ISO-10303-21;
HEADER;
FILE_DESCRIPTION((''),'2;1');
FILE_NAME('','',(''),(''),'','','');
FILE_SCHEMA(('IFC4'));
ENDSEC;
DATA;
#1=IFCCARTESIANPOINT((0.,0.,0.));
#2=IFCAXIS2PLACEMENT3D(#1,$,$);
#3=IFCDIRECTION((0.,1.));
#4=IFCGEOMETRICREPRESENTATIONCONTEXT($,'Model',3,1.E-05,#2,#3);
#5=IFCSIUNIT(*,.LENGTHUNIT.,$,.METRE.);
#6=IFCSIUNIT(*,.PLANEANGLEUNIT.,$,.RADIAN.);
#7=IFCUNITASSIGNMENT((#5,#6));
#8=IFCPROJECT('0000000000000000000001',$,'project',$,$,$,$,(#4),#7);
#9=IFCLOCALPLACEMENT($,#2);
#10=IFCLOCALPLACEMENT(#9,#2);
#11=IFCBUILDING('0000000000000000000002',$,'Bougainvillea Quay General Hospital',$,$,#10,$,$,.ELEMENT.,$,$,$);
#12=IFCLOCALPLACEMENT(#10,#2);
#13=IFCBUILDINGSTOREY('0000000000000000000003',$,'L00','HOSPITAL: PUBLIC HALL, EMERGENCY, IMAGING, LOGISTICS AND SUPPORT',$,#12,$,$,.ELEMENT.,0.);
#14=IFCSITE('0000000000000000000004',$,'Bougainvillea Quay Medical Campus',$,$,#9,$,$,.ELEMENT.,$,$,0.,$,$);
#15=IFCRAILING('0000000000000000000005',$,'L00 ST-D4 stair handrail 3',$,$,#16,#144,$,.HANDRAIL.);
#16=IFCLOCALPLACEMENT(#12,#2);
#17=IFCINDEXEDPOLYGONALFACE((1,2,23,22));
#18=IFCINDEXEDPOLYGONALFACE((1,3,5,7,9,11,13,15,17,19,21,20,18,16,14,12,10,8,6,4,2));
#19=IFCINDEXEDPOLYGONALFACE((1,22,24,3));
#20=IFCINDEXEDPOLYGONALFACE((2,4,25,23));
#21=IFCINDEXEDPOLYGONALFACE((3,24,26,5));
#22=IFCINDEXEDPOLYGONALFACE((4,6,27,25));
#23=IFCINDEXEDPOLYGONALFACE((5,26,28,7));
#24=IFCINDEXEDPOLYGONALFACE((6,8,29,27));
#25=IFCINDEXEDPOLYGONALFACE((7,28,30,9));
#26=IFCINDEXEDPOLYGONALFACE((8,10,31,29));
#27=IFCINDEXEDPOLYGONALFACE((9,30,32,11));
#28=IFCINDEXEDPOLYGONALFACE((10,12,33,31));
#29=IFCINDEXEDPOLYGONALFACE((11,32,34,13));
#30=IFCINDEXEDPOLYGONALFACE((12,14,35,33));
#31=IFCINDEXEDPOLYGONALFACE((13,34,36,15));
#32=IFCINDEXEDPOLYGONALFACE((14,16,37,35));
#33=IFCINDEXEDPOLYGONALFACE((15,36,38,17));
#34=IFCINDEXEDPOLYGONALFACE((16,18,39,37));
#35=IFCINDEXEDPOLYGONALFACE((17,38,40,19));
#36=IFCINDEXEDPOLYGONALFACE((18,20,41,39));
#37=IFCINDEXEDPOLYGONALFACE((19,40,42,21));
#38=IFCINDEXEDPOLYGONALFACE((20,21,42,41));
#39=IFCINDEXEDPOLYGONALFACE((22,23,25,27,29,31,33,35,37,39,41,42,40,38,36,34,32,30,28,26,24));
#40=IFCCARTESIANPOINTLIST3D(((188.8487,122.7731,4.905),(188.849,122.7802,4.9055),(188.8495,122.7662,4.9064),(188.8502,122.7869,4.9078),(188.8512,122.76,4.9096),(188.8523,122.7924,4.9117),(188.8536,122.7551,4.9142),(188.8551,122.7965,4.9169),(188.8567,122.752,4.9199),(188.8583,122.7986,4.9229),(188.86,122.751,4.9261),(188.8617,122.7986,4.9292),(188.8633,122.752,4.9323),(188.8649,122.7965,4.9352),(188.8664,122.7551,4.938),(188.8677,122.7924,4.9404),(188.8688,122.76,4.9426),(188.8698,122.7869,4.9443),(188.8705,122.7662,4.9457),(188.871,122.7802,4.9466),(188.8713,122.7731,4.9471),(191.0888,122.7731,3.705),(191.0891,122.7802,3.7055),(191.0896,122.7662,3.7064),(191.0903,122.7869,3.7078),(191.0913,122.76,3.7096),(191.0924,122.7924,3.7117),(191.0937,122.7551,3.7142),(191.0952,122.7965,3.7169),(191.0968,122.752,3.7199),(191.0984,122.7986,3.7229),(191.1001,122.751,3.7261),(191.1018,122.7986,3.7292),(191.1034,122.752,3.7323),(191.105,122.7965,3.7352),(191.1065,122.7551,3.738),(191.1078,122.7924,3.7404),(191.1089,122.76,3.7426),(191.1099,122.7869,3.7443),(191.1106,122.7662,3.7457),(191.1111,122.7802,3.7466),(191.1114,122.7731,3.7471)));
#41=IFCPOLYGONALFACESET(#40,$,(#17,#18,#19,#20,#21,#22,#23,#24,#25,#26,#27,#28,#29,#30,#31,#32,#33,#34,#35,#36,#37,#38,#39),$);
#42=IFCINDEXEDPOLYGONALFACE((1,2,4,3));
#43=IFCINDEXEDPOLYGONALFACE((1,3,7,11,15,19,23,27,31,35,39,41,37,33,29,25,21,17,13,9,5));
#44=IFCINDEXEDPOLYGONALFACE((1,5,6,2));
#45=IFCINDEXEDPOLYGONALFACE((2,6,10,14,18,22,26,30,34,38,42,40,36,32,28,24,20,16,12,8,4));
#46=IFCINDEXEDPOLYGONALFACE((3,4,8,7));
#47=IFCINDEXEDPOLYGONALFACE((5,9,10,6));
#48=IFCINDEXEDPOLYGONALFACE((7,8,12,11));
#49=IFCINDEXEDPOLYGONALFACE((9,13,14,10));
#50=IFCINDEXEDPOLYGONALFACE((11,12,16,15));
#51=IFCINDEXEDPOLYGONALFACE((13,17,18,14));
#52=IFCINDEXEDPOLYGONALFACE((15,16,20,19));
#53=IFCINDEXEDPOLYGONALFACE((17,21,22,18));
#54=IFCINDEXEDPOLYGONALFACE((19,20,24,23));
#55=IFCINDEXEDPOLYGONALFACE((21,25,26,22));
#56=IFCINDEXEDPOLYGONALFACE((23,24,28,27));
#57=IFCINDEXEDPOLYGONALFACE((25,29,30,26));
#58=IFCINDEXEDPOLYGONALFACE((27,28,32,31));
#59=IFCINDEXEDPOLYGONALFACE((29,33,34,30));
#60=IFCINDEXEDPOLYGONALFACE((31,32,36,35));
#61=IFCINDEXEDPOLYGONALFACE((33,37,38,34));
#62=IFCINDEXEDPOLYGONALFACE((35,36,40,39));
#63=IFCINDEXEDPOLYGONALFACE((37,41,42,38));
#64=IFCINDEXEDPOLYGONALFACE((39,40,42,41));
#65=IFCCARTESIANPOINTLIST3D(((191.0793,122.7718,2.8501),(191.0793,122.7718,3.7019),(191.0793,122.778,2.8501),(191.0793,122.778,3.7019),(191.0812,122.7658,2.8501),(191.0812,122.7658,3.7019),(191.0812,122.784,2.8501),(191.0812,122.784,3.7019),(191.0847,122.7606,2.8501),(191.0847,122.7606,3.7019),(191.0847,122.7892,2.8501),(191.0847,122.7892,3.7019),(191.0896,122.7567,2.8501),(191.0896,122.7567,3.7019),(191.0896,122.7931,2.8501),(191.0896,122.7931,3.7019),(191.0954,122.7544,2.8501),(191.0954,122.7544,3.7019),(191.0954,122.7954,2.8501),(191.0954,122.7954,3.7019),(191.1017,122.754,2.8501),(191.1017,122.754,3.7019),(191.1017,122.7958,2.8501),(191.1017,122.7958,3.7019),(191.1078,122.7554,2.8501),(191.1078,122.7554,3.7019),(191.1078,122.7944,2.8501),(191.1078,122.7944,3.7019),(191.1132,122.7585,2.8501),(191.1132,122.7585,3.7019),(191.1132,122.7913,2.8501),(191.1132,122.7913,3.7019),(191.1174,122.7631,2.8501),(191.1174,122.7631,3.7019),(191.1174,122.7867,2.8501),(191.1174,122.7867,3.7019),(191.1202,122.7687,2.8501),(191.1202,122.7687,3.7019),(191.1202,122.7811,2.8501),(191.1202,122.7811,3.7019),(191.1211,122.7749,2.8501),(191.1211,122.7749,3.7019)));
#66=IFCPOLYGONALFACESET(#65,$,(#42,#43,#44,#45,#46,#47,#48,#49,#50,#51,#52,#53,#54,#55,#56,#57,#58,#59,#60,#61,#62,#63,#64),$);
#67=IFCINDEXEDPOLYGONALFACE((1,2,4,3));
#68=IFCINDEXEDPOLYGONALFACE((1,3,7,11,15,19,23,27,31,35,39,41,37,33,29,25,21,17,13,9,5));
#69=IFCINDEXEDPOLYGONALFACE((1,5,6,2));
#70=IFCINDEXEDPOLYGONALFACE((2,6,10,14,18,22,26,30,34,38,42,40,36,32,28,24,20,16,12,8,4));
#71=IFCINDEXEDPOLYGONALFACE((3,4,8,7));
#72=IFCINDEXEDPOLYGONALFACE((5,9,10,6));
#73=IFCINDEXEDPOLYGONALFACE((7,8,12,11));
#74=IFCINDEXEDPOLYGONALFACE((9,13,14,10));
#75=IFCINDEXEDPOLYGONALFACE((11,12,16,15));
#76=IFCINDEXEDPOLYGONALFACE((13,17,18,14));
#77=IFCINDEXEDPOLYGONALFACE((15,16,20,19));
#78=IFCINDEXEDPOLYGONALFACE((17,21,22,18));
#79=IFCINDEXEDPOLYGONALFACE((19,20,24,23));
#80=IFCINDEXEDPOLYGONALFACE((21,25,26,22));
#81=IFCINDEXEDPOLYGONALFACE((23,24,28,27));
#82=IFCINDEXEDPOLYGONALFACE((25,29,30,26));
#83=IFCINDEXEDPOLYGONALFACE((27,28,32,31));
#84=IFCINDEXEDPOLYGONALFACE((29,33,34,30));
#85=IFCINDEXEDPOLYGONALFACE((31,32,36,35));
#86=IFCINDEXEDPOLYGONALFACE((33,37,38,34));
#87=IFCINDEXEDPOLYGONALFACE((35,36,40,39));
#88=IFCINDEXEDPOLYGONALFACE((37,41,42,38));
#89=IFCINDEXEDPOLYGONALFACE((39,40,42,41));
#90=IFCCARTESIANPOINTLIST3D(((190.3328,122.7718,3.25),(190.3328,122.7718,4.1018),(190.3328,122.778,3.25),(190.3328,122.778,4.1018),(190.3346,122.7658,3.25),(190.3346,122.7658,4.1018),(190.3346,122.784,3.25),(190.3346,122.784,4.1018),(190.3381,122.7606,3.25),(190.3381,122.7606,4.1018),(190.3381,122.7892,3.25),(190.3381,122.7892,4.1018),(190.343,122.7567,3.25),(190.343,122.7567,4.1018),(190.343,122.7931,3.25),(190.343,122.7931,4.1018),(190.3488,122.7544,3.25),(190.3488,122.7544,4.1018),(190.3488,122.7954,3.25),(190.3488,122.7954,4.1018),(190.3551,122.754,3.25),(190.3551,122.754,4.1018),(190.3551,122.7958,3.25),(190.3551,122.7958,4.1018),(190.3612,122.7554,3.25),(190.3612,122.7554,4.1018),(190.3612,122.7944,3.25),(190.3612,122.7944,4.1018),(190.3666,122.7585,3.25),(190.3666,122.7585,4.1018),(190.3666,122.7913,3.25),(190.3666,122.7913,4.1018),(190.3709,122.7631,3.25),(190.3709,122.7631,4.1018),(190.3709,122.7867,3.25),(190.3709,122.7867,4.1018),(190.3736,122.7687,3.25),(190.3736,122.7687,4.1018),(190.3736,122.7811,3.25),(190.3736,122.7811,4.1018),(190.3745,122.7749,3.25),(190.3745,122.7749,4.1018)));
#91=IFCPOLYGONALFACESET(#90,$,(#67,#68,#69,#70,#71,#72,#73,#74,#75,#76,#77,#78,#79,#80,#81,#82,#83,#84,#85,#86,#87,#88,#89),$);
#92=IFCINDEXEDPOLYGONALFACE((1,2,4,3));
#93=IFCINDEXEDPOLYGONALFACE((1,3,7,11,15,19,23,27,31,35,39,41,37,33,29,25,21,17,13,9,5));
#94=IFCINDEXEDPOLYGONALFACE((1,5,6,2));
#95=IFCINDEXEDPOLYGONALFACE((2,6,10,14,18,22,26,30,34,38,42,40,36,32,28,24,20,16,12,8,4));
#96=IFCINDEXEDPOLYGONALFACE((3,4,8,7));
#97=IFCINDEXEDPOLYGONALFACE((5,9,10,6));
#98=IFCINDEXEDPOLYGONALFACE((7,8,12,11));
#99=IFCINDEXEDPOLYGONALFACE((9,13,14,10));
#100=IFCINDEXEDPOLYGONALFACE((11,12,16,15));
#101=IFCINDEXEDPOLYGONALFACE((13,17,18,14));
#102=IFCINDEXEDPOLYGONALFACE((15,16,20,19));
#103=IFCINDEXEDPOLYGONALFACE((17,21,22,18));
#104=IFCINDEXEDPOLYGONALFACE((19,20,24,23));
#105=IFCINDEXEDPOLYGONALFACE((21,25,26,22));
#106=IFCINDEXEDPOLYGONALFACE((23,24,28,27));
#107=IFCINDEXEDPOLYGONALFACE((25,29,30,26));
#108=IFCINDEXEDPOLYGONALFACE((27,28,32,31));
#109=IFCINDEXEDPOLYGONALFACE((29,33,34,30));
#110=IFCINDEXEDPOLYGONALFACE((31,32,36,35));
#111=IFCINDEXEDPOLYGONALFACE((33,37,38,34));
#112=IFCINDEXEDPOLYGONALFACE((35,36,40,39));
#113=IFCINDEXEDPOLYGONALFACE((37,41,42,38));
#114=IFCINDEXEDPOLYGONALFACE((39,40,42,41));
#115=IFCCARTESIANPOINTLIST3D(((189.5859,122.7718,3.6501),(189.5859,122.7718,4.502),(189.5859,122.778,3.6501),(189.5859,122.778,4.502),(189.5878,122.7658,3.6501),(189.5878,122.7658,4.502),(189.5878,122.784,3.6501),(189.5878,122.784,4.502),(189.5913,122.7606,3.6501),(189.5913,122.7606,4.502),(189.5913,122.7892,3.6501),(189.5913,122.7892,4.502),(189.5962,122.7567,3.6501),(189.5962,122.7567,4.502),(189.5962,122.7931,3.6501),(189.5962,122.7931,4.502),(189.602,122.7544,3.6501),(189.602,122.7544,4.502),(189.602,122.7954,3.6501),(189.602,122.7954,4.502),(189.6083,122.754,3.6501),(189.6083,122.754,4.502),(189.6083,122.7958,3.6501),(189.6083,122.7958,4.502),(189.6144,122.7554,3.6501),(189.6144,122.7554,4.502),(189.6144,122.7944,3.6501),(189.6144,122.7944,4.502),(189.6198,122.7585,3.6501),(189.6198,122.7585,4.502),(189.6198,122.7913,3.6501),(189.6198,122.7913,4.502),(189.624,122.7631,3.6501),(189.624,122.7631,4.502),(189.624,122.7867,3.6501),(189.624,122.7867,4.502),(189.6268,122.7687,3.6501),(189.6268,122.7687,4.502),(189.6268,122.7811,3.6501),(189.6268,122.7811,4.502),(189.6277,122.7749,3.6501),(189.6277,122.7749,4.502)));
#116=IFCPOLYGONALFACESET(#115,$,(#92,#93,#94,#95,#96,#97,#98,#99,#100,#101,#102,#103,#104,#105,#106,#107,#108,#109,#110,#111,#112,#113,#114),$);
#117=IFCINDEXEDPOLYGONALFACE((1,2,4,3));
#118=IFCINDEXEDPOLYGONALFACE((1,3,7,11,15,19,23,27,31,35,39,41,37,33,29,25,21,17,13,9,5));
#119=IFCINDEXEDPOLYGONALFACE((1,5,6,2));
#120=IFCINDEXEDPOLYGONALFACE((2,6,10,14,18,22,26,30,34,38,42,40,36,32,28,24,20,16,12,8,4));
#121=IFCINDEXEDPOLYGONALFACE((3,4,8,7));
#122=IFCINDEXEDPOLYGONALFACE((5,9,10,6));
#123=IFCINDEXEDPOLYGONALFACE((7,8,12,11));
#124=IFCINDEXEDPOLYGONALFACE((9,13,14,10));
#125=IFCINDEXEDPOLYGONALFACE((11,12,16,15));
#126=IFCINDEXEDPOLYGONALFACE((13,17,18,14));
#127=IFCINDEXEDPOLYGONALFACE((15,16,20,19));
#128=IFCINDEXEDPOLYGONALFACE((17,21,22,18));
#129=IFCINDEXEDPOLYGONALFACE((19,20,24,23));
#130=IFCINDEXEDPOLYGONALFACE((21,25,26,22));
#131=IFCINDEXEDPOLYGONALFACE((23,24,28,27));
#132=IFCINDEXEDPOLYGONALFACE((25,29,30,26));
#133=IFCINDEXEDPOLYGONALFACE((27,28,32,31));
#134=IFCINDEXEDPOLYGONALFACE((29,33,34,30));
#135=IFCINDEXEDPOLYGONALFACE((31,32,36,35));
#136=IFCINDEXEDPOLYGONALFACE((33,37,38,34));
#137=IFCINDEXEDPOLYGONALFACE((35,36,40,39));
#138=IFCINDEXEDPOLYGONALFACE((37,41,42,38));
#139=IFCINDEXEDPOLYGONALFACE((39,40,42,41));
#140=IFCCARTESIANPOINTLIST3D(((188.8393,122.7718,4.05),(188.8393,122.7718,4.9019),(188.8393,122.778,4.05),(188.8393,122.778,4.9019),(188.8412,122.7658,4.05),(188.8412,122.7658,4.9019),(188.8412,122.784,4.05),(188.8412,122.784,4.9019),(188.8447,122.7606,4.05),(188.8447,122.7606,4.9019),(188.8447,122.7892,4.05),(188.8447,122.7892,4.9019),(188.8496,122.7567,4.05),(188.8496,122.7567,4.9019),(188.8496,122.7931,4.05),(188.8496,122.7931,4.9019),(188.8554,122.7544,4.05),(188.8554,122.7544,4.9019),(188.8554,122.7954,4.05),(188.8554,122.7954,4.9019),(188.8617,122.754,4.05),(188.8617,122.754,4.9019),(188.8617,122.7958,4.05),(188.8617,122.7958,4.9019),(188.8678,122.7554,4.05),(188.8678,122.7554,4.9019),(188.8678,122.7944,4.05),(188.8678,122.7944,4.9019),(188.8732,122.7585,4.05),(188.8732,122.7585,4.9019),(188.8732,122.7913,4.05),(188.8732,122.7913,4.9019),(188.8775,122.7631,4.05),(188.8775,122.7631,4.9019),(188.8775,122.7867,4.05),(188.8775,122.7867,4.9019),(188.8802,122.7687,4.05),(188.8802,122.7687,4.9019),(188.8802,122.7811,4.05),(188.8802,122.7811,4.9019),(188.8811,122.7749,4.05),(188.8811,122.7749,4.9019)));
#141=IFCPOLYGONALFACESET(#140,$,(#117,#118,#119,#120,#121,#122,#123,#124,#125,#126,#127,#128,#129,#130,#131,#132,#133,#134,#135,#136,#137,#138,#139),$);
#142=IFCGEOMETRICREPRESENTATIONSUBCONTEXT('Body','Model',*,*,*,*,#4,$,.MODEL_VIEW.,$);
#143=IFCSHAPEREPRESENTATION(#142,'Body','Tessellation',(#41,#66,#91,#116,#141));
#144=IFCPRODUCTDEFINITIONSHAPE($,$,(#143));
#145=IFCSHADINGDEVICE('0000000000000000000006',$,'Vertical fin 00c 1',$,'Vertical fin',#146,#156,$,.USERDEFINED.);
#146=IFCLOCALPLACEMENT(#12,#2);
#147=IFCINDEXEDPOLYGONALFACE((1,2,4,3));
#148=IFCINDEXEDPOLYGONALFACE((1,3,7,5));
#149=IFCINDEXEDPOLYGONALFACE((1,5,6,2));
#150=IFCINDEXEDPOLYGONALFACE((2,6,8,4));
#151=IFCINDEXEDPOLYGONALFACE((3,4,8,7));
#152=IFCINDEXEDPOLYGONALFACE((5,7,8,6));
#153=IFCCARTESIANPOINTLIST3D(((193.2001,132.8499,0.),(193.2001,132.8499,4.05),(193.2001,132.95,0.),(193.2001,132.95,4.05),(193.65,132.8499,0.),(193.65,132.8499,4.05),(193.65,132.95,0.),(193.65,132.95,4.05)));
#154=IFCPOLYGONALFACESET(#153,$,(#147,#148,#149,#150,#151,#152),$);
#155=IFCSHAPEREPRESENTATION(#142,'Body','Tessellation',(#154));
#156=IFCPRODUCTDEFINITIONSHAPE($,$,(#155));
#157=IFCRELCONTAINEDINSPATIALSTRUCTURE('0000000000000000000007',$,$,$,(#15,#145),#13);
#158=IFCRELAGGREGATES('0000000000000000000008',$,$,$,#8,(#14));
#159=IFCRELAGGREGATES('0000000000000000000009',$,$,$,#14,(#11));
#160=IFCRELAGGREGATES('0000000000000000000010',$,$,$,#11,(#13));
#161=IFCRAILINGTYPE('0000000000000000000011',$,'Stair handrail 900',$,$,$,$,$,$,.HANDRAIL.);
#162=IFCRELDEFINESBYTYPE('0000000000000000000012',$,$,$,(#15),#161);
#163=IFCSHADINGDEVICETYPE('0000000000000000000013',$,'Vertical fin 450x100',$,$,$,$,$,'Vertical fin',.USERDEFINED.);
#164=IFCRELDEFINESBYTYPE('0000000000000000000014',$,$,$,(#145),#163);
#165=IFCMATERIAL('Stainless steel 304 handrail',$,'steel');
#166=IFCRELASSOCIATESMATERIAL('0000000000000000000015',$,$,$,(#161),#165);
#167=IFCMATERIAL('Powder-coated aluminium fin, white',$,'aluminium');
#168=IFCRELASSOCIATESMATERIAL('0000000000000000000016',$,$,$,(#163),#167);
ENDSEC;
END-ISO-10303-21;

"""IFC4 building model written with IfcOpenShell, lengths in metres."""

from ifc_helpers import new_model, si_unit, direction, frame, origin, origin_2d, place, context, subcontext, project, spatial, rectangle, circle, extrude, material, material_profile, profile_set, type_object, element, save


model = new_model("IFC4")

# Units and contexts
model_context = context("Model", 3, precision=1e-05, world=origin(), true_north=direction((0.0, 1.0)))
body_context = subcontext(model_context, "Body", "Model", "MODEL_VIEW")
ifc_project = project(units=[si_unit("LENGTHUNIT", "METRE"), si_unit("PLANEANGLEUNIT", "RADIAN")], contexts=[model_context])

# Site, building, storey
site_placement = place(None, origin())
site = spatial("IfcSite", under=ifc_project, at=site_placement, Name="Bougainvillea Quay Medical Campus", CompositionType="ELEMENT", RefElevation=0.0)
building_placement = place(site_placement, origin())
building = spatial("IfcBuilding", under=site, at=building_placement, Name="Bougainvillea Quay General Hospital", CompositionType="ELEMENT")
storey_placement = place(building_placement, origin())
storey = spatial("IfcBuildingStorey", under=building, at=storey_placement, Name="L00", Description="HOSPITAL: PUBLIC HALL, EMERGENCY, IMAGING, LOGISTICS AND SUPPORT", CompositionType="ELEMENT", Elevation=0.0)

# Railing
ifc_material_1 = material(Name="Stainless steel 304 handrail", Category="steel")
railing_type_1 = type_object("IfcRailingType", Name="Stair handrail 900", PredefinedType="HANDRAIL", material=ifc_material_1)
railing_1_placement = place(storey_placement, frame((191.1001, 122.7749, 2.8501)))
element("IfcRailing", 1, at=railing_1_placement, inside=storey, type_object=railing_type_1, Name="L00 ST-D4 stair handrail 3", PredefinedType="HANDRAIL", context=body_context, shape_type="SweptSolid", body=[
    extrude(circle(Radius=0.0239, at=origin_2d()), frame((0.0, 0.0, 0.876), z_axis=(-0.881487, 0.0, 0.472208), x_axis=(0.0, -1.0, 0.0)), (0.0, 0.0, 1.0), 2.5413),
    extrude(circle(Radius=0.021, at=origin_2d()), origin(), (0.0, 0.0, 1.0), 0.8518),
    extrude(circle(Radius=0.021, at=origin_2d()), frame((-0.7466, 0.0, 0.3999)), (0.0, 0.0, 1.0), 0.8518),
    extrude(circle(Radius=0.021, at=origin_2d()), frame((-1.4934, 0.0, 0.8)), (0.0, 0.0, 1.0), 0.8518),
    extrude(circle(Radius=0.021, at=origin_2d()), frame((-2.24, 0.0, 1.2)), (0.0, 0.0, 1.0), 0.8518),
])

# Shading device
ifc_material_2 = material(Name="Powder-coated aluminium fin, white", Category="aluminium")
ifc_material_profile_1 = material_profile(ifc_material_2, rectangle(XDim=0.45, YDim=0.1001, at=origin_2d()))
ifc_profile_set_1 = profile_set([ifc_material_profile_1], Name="Powder-coated aluminium fin, white")
shading_device_type = type_object("IfcShadingDeviceType", Name="Vertical fin 450x100", ElementType="Vertical fin", PredefinedType="USERDEFINED", material=ifc_profile_set_1)
shading_device_placement = place(storey_placement, frame((193.425, 132.8999, 0.0), z_axis=(0.0, 0.0, 1.0), x_axis=(1.0, 0.0, 0.0)))
element("IfcShadingDevice", 2, at=shading_device_placement, inside=storey, type_object=shading_device_type, Name="Vertical fin 00c 1", ObjectType="Vertical fin", PredefinedType="USERDEFINED", context=body_context, shape_type="SweptSolid", body=[
    extrude(rectangle(XDim=0.45, YDim=0.1001, at=origin_2d()), origin(), (0.0, 0.0, 1.0), 4.05),
])

save(model, "model.ifc")
